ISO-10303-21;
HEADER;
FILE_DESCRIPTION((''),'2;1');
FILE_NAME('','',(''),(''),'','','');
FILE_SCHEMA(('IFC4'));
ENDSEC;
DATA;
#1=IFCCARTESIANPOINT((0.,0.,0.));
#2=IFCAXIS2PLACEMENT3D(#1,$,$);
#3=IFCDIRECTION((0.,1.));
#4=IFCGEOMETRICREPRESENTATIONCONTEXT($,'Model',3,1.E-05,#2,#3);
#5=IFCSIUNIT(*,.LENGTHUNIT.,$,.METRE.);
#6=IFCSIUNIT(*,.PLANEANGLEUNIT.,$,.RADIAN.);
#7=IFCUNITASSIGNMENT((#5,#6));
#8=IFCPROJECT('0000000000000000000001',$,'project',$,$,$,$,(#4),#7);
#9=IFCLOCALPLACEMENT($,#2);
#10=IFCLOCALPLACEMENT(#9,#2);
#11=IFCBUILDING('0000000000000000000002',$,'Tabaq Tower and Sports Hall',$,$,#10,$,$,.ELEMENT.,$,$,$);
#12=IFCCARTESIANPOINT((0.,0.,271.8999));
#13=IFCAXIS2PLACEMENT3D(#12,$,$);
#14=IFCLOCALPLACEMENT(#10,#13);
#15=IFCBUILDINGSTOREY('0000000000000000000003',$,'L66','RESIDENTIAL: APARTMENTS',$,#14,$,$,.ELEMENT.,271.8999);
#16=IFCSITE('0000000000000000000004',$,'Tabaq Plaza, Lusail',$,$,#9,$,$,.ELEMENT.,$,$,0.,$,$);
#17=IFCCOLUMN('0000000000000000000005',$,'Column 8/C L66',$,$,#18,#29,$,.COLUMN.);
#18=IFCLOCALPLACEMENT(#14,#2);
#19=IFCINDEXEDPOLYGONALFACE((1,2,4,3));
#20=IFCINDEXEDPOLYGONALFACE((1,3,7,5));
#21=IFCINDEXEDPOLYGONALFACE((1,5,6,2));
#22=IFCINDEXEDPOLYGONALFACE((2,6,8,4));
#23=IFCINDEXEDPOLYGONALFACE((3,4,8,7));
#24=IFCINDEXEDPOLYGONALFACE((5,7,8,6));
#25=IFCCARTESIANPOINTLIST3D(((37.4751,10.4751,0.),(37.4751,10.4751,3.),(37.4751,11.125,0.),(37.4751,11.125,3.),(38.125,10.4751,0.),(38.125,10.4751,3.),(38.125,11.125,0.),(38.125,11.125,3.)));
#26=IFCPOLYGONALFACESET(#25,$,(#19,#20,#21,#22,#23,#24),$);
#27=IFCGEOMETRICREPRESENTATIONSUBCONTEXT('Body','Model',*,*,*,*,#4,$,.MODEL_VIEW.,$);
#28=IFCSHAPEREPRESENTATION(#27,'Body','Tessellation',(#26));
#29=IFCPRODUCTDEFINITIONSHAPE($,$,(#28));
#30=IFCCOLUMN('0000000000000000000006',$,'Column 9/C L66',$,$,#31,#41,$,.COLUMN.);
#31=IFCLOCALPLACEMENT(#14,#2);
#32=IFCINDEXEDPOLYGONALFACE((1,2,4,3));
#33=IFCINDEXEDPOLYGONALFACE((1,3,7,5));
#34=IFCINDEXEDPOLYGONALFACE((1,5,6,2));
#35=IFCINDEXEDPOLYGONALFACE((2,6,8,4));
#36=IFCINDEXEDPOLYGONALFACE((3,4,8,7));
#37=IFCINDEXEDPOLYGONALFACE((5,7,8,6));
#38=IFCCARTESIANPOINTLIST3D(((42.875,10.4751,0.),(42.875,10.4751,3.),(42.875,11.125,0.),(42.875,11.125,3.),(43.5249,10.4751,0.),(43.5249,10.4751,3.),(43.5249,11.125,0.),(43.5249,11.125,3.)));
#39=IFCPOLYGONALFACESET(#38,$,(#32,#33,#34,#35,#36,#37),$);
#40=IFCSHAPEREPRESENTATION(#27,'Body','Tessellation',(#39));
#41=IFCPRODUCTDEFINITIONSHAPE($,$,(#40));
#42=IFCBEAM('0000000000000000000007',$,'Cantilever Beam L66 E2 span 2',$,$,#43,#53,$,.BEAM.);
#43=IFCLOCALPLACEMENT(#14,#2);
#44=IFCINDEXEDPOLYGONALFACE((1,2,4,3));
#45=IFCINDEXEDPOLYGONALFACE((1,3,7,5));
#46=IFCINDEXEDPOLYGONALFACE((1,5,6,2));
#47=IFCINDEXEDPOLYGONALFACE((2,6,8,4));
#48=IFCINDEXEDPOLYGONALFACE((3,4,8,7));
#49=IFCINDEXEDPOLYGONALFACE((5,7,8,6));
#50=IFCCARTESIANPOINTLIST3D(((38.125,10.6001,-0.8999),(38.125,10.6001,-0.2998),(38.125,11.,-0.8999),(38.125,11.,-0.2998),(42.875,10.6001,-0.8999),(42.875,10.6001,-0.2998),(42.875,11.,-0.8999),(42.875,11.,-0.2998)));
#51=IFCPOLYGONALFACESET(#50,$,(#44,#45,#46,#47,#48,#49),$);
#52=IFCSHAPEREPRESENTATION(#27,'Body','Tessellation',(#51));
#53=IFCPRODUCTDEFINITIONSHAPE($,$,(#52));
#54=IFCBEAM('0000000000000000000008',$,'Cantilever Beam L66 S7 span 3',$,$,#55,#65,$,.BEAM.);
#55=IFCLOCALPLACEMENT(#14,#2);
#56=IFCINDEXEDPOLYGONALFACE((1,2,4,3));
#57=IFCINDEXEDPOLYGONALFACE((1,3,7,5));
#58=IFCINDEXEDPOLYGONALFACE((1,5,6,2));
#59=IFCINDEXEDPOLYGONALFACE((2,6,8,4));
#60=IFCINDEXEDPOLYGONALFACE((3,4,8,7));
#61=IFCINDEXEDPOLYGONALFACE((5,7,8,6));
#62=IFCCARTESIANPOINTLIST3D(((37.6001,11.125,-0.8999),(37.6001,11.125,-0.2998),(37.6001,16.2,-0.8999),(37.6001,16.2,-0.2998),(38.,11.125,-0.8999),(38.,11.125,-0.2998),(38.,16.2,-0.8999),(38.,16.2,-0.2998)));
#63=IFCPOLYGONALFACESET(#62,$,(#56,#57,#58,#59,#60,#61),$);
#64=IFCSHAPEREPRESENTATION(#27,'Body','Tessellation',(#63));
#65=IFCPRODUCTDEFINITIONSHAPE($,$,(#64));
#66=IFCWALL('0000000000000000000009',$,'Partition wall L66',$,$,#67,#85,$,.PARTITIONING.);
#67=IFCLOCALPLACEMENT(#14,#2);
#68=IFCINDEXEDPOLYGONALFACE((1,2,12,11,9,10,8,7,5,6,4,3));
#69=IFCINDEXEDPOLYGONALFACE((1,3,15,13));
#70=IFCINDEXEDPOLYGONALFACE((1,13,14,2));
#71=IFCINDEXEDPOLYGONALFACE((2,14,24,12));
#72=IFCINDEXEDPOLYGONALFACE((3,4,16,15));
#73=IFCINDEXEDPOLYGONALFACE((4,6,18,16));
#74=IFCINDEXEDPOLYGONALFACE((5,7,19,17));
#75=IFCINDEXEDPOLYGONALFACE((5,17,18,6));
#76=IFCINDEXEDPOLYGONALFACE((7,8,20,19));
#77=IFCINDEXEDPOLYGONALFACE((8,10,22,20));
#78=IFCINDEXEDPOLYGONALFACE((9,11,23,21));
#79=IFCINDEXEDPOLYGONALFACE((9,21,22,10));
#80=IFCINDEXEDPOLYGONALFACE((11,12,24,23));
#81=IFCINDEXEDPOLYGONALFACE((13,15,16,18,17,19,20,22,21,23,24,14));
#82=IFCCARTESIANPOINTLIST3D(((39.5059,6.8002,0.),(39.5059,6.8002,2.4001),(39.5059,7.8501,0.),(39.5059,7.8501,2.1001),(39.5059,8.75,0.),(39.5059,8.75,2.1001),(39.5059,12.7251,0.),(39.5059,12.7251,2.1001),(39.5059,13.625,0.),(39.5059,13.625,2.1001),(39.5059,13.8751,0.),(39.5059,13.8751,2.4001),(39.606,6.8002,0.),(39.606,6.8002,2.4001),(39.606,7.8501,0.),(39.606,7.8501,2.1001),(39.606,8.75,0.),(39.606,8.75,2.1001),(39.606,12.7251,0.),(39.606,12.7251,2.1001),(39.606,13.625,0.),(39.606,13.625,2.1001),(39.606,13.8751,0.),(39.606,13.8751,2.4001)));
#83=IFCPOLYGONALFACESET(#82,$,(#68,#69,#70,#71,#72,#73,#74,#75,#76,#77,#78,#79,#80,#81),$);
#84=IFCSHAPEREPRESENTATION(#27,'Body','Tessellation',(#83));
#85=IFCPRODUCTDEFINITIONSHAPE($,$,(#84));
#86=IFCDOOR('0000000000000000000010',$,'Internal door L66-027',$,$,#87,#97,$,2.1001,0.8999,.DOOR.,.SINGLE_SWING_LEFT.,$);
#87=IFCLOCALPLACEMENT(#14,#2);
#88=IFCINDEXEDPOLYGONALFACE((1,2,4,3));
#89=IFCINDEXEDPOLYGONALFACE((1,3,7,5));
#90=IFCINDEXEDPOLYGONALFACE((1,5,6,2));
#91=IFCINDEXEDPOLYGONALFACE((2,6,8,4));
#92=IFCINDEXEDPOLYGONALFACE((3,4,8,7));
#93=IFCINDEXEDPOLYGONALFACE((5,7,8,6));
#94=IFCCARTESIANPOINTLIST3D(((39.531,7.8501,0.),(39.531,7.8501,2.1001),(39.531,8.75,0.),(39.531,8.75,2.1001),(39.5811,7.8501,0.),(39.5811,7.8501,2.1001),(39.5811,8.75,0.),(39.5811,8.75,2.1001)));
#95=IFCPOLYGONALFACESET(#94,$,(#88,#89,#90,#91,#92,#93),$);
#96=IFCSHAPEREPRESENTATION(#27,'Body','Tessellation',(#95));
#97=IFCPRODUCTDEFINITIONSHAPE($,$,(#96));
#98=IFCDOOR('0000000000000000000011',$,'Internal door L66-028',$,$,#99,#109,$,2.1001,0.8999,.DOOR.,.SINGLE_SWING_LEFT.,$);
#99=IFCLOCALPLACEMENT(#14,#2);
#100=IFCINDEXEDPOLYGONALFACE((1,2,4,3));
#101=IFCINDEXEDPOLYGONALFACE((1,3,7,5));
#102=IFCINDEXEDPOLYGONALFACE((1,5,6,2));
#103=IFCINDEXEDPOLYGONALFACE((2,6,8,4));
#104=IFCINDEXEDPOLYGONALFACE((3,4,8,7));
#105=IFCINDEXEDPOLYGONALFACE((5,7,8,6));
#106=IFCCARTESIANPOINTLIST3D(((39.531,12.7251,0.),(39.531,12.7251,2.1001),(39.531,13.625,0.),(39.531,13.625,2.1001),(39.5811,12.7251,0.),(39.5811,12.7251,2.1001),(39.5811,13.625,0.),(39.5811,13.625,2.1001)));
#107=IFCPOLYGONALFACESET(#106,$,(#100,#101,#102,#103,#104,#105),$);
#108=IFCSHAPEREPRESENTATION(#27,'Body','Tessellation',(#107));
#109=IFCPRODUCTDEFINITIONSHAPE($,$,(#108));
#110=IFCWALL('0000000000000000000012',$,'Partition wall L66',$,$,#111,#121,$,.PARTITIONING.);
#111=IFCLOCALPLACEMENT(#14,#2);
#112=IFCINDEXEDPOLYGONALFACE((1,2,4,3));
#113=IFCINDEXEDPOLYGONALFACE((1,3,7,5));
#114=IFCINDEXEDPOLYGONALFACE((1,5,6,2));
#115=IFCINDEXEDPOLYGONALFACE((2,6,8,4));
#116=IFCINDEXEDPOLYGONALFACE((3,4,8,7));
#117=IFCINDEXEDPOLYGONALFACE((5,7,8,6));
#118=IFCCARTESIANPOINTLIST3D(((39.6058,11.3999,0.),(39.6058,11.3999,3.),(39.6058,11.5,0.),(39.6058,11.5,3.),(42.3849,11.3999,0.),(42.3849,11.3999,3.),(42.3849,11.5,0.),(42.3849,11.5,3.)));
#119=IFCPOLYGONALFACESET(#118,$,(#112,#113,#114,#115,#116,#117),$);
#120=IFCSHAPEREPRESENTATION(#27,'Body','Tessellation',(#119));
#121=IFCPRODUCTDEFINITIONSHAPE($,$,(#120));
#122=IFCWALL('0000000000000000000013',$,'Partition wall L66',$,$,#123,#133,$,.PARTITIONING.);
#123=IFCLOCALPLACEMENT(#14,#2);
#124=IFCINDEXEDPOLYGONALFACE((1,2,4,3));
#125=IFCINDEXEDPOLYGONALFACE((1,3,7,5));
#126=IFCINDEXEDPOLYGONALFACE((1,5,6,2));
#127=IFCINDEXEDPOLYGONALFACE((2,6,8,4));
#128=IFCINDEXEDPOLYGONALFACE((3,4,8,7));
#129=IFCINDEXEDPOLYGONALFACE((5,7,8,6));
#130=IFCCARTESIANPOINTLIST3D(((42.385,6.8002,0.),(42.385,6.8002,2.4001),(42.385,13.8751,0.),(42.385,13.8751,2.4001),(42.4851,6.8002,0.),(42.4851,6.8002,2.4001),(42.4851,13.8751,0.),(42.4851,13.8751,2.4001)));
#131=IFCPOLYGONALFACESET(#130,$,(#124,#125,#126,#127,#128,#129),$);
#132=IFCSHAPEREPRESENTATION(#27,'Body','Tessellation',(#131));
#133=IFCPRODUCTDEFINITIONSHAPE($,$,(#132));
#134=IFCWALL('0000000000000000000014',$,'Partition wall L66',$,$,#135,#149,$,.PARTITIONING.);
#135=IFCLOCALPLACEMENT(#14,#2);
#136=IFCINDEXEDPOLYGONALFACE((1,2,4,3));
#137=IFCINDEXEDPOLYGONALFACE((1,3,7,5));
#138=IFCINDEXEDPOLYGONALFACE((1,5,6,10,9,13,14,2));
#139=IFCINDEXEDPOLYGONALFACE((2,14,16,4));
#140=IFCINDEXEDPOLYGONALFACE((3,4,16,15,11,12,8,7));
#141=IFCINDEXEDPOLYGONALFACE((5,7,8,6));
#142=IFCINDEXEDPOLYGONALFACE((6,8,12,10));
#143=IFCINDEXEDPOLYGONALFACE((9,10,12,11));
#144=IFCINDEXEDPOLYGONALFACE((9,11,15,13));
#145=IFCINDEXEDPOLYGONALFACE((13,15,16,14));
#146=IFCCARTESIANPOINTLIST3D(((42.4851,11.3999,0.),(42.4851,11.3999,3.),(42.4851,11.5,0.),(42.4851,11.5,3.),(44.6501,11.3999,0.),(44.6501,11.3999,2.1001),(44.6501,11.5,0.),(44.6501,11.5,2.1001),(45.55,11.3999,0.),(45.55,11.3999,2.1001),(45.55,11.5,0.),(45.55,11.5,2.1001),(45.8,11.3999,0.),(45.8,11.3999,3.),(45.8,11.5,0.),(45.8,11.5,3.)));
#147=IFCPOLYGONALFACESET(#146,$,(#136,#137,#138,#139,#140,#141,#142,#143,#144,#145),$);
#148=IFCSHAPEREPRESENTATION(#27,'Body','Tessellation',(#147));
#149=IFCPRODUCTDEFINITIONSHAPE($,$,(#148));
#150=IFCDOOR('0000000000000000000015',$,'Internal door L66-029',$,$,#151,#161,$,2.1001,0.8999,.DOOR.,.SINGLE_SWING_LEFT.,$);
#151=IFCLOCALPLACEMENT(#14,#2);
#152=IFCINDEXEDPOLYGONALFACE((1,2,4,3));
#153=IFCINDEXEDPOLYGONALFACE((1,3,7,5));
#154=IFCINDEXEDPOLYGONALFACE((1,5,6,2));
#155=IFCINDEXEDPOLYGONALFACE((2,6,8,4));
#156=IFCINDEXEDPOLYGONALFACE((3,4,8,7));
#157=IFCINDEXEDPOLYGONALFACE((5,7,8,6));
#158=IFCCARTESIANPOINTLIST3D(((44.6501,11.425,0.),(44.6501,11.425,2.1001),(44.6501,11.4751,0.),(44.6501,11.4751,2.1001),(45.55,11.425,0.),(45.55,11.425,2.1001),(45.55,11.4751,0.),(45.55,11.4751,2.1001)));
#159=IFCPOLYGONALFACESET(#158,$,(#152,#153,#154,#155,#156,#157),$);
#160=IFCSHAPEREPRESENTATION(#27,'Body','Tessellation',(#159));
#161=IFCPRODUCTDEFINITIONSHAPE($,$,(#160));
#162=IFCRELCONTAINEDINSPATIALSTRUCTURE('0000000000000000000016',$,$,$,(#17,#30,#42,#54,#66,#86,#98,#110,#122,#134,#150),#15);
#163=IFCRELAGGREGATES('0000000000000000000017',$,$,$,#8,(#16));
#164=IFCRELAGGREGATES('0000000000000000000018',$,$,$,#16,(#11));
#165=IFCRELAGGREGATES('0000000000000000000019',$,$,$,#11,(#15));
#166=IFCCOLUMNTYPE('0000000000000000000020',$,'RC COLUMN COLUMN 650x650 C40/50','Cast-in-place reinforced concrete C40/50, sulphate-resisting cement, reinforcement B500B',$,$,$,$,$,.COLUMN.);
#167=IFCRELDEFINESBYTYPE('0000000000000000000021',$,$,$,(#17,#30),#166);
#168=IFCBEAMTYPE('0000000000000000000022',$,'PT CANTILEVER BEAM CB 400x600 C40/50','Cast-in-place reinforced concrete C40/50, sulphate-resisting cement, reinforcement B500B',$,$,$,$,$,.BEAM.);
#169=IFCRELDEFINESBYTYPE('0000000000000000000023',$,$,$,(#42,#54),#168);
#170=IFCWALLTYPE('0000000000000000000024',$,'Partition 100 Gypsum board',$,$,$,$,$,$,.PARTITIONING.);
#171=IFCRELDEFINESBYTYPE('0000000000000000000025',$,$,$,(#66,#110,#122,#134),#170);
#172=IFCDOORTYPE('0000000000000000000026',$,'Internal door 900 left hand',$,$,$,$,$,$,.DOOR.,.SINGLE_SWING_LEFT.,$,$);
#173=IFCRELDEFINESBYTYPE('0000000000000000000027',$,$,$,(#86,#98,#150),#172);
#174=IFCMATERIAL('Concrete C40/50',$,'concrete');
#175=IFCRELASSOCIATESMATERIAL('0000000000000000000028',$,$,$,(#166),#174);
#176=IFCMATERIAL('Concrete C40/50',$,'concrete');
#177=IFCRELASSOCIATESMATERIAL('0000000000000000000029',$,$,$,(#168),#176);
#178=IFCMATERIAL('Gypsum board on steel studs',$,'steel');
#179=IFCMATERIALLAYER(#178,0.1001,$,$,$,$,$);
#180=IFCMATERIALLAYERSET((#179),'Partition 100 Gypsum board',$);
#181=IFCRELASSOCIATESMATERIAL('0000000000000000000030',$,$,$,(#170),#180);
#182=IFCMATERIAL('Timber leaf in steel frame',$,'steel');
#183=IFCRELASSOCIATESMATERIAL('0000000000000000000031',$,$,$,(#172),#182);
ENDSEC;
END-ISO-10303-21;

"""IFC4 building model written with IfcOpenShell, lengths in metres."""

from ifc_helpers import new_model, si_unit, direction, frame, frame_2d, origin, origin_2d, place, context, subcontext, project, spatial, rectangle, extrude, material, layer, layer_set, material_profile, profile_set, type_object, element, fill, save


model = new_model("IFC4")

# Units and contexts
model_context = context("Model", 3, precision=1e-05, world=origin(), true_north=direction((0.0, 1.0)))
body_context = subcontext(model_context, "Body", "Model", "MODEL_VIEW")
ifc_project = project(units=[si_unit("LENGTHUNIT", "METRE"), si_unit("PLANEANGLEUNIT", "RADIAN")], contexts=[model_context])

# Site, building, storey
site_placement = place(None, origin())
site = spatial("IfcSite", under=ifc_project, at=site_placement, Name="Tabaq Plaza, Lusail", CompositionType="ELEMENT", RefElevation=0.0)
building_placement = place(site_placement, origin())
building = spatial("IfcBuilding", under=site, at=building_placement, Name="Tabaq Tower and Sports Hall", CompositionType="ELEMENT")
storey_placement = place(building_placement, frame((0.0, 0.0, 271.8999)))
storey = spatial("IfcBuildingStorey", under=building, at=storey_placement, Name="L66", Description="RESIDENTIAL: APARTMENTS", CompositionType="ELEMENT", Elevation=271.8999)

# Columns
ifc_material_1 = material(Name="Concrete C40/50", Category="concrete")
ifc_material_profile_1 = material_profile(ifc_material_1, rectangle(XDim=0.6499, YDim=0.6499, at=origin_2d()), Name="COLUMN 650x650")
ifc_profile_set_1 = profile_set([ifc_material_profile_1], Name="Concrete C40/50")
column_type = type_object("IfcColumnType", Name="RC COLUMN COLUMN 650x650 C40/50", Description="Cast-in-place reinforced concrete C40/50, sulphate-resisting cement, reinforcement B500B", PredefinedType="COLUMN", material=ifc_profile_set_1)
for number, where, z_axis, x_axis, name in (
    (1, (37.8, 10.8, 0.0), (0.0, 0.0, 1.0), (1.0, 0.0, 0.0), "Column 8/C L66"),
    (2, (43.2, 10.8, 0.0), (0.0, 0.0, 1.0), (1.0, 0.0, 0.0), "Column 9/C L66"),
):
    element("IfcColumn", number, at=place(storey_placement, frame(where, z_axis=z_axis, x_axis=x_axis)), inside=storey, type_object=column_type, Name=name, PredefinedType="COLUMN", context=body_context, shape_type="SweptSolid", body=[
        extrude(rectangle(XDim=0.6499, YDim=0.6499, at=origin_2d()), origin(), (0.0, 0.0, 1.0), 3.0),
    ])

# Beams
ifc_material_2 = material(Name="Concrete C40/50", Category="concrete")
ifc_material_profile_2 = material_profile(ifc_material_2, rectangle(XDim=0.3999, YDim=0.6001, at=origin_2d()), Name="CB 400x600")
ifc_profile_set_2 = profile_set([ifc_material_profile_2], Name="Concrete C40/50")
beam_type = type_object("IfcBeamType", Name="PT CANTILEVER BEAM CB 400x600 C40/50", Description="Cast-in-place reinforced concrete C40/50, sulphate-resisting cement, reinforcement B500B", PredefinedType="BEAM", material=ifc_profile_set_2)
beam_1_placement = place(storey_placement, frame((42.875, 10.8, -0.5999), z_axis=(-1.0, 0.0, 0.0), x_axis=(0.0, -1.0, 0.0)))
element("IfcBeam", 3, at=beam_1_placement, inside=storey, type_object=beam_type, Name="Cantilever Beam L66 E2 span 2", PredefinedType="BEAM", context=body_context, shape_type="SweptSolid", body=[
    extrude(rectangle(XDim=0.3999, YDim=0.6001, at=origin_2d()), origin(), (0.0, 0.0, 1.0), 4.75),
])
beam_2_placement = place(storey_placement, frame((37.8, 11.125, -0.5999), z_axis=(0.0, 1.0, 0.0), x_axis=(-1.0, 0.0, 0.0)))
element("IfcBeam", 4, at=beam_2_placement, inside=storey, type_object=beam_type, Name="Cantilever Beam L66 S7 span 3", PredefinedType="BEAM", context=body_context, shape_type="SweptSolid", body=[
    extrude(rectangle(XDim=0.3999, YDim=0.6001, at=origin_2d()), origin(), (0.0, 0.0, 1.0), 5.075),
])

# Wall, openings, doors
ifc_material_3 = material(Name="Gypsum board on steel studs", Category="steel")
ifc_layer_1 = layer(ifc_material_3, 0.1001)
ifc_layer_set_1 = layer_set([ifc_layer_1], Name="Partition 100 Gypsum board")
wall_type_1 = type_object("IfcWallType", Name="Partition 100 Gypsum board", PredefinedType="PARTITIONING", material=ifc_layer_set_1)
wall_1_placement = place(storey_placement, frame((39.5559, 6.8, 0.0), z_axis=(0.0, 0.0, 1.0), x_axis=(0.0, 1.0, 0.0)))
wall_1 = element("IfcWall", 5, at=wall_1_placement, inside=storey, type_object=wall_type_1, Name="Partition wall L66", PredefinedType="PARTITIONING", context=body_context, shape_type="SweptSolid", body=[
    extrude(rectangle(XDim=7.075, YDim=0.1001, at=frame_2d((3.5376, 0.0))), origin(), (0.0, 0.0, 1.0), 2.4001),
])
opening_1_placement = place(wall_1_placement, frame((1.05, 0.0, 0.0)))
opening_1 = element("IfcOpeningElement", 6, at=opening_1_placement, cuts=wall_1, PredefinedType="OPENING", context=body_context, shape_type="SweptSolid", body=[
    extrude(rectangle(XDim=0.8999, YDim=2.1001, at=frame_2d((0.45, 1.05))), frame((0.0, 0.05, 0.0), z_axis=(0.0, -1.0, 0.0), x_axis=(1.0, 0.0, 0.0)), (0.0, 0.0, 1.0), 0.1001),
])
opening_2_placement = place(wall_1_placement, frame((5.925, 0.0, 0.0)))
opening_2 = element("IfcOpeningElement", 7, at=opening_2_placement, cuts=wall_1, PredefinedType="OPENING", context=body_context, shape_type="SweptSolid", body=[
    extrude(rectangle(XDim=0.8999, YDim=2.1001, at=frame_2d((0.45, 1.05))), frame((0.0, 0.05, 0.0), z_axis=(0.0, -1.0, 0.0), x_axis=(1.0, 0.0, 0.0)), (0.0, 0.0, 1.0), 0.1001),
])
ifc_material_4 = material(Name="Timber leaf in steel frame", Category="steel")
door_type_1 = type_object("IfcDoorType", Name="Internal door 900 left hand", OperationType="SINGLE_SWING_LEFT", PredefinedType="DOOR", material=ifc_material_4)
door_1_placement = place(opening_1_placement, origin())
door_1 = element("IfcDoor", 8, at=door_1_placement, inside=storey, type_object=door_type_1, Name="Internal door L66-027", OperationType="SINGLE_SWING_LEFT", OverallHeight=2.1001, OverallWidth=0.8999, PredefinedType="DOOR", context=body_context, shape_type="SweptSolid", body=[
    extrude(rectangle(XDim=0.8999, YDim=2.1001, at=frame_2d((0.45, 1.05))), frame((0.0, 0.0249, 0.0), z_axis=(0.0, -1.0, 0.0), x_axis=(1.0, 0.0, 0.0)), (0.0, 0.0, 1.0), 0.05),
])
fill(opening_1, door_1)
door_2_placement = place(opening_2_placement, origin())
door_2 = element("IfcDoor", 9, at=door_2_placement, inside=storey, type_object=door_type_1, Name="Internal door L66-028", OperationType="SINGLE_SWING_LEFT", OverallHeight=2.1001, OverallWidth=0.8999, PredefinedType="DOOR", context=body_context, shape_type="SweptSolid", body=[
    extrude(rectangle(XDim=0.8999, YDim=2.1001, at=frame_2d((0.45, 1.05))), frame((0.0, 0.0249, 0.0), z_axis=(0.0, -1.0, 0.0), x_axis=(1.0, 0.0, 0.0)), (0.0, 0.0, 1.0), 0.05),
])
fill(opening_2, door_2)

# Walls
wall_2_placement = place(storey_placement, frame((42.385, 11.45, 0.0), z_axis=(0.0, 0.0, 1.0), x_axis=(-1.0, 0.0, 0.0)))
element("IfcWall", 10, at=wall_2_placement, inside=storey, type_object=wall_type_1, Name="Partition wall L66", PredefinedType="PARTITIONING", context=body_context, shape_type="SweptSolid", body=[
    extrude(rectangle(XDim=2.7791, YDim=0.1001, at=frame_2d((1.3896, 0.0))), origin(), (0.0, 0.0, 1.0), 3.0),
])
wall_3_placement = place(storey_placement, frame((42.4351, 6.8, 0.0), z_axis=(0.0, 0.0, 1.0), x_axis=(0.0, 1.0, 0.0)))
element("IfcWall", 11, at=wall_3_placement, inside=storey, type_object=wall_type_1, Name="Partition wall L66", PredefinedType="PARTITIONING", context=body_context, shape_type="SweptSolid", body=[
    extrude(rectangle(XDim=7.075, YDim=0.1001, at=frame_2d((3.5376, 0.0))), origin(), (0.0, 0.0, 1.0), 2.4001),
])

# Wall, opening, door
wall_4_placement = place(storey_placement, frame((45.8, 11.45, 0.0), z_axis=(0.0, 0.0, 1.0), x_axis=(-1.0, 0.0, 0.0)))
wall_4 = element("IfcWall", 12, at=wall_4_placement, inside=storey, type_object=wall_type_1, Name="Partition wall L66", PredefinedType="PARTITIONING", context=body_context, shape_type="SweptSolid", body=[
    extrude(rectangle(XDim=3.3149, YDim=0.1001, at=frame_2d((1.6575, 0.0))), origin(), (0.0, 0.0, 1.0), 3.0),
])
opening_3_placement = place(wall_4_placement, frame((0.25, 0.0, 0.0)))
opening_3 = element("IfcOpeningElement", 13, at=opening_3_placement, cuts=wall_4, PredefinedType="OPENING", context=body_context, shape_type="SweptSolid", body=[
    extrude(rectangle(XDim=0.8999, YDim=2.1001, at=frame_2d((0.45, 1.05))), frame((0.0, 0.05, 0.0), z_axis=(0.0, -1.0, 0.0), x_axis=(1.0, 0.0, 0.0)), (0.0, 0.0, 1.0), 0.1001),
])
door_3_placement = place(opening_3_placement, origin())
door_3 = element("IfcDoor", 14, at=door_3_placement, inside=storey, type_object=door_type_1, Name="Internal door L66-029", OperationType="SINGLE_SWING_LEFT", OverallHeight=2.1001, OverallWidth=0.8999, PredefinedType="DOOR", context=body_context, shape_type="SweptSolid", body=[
    extrude(rectangle(XDim=0.8999, YDim=2.1001, at=frame_2d((0.45, 1.05))), frame((0.0, 0.0249, 0.0), z_axis=(0.0, -1.0, 0.0), x_axis=(1.0, 0.0, 0.0)), (0.0, 0.0, 1.0), 0.05),
])
fill(opening_3, door_3)

save(model, "model.ifc")
